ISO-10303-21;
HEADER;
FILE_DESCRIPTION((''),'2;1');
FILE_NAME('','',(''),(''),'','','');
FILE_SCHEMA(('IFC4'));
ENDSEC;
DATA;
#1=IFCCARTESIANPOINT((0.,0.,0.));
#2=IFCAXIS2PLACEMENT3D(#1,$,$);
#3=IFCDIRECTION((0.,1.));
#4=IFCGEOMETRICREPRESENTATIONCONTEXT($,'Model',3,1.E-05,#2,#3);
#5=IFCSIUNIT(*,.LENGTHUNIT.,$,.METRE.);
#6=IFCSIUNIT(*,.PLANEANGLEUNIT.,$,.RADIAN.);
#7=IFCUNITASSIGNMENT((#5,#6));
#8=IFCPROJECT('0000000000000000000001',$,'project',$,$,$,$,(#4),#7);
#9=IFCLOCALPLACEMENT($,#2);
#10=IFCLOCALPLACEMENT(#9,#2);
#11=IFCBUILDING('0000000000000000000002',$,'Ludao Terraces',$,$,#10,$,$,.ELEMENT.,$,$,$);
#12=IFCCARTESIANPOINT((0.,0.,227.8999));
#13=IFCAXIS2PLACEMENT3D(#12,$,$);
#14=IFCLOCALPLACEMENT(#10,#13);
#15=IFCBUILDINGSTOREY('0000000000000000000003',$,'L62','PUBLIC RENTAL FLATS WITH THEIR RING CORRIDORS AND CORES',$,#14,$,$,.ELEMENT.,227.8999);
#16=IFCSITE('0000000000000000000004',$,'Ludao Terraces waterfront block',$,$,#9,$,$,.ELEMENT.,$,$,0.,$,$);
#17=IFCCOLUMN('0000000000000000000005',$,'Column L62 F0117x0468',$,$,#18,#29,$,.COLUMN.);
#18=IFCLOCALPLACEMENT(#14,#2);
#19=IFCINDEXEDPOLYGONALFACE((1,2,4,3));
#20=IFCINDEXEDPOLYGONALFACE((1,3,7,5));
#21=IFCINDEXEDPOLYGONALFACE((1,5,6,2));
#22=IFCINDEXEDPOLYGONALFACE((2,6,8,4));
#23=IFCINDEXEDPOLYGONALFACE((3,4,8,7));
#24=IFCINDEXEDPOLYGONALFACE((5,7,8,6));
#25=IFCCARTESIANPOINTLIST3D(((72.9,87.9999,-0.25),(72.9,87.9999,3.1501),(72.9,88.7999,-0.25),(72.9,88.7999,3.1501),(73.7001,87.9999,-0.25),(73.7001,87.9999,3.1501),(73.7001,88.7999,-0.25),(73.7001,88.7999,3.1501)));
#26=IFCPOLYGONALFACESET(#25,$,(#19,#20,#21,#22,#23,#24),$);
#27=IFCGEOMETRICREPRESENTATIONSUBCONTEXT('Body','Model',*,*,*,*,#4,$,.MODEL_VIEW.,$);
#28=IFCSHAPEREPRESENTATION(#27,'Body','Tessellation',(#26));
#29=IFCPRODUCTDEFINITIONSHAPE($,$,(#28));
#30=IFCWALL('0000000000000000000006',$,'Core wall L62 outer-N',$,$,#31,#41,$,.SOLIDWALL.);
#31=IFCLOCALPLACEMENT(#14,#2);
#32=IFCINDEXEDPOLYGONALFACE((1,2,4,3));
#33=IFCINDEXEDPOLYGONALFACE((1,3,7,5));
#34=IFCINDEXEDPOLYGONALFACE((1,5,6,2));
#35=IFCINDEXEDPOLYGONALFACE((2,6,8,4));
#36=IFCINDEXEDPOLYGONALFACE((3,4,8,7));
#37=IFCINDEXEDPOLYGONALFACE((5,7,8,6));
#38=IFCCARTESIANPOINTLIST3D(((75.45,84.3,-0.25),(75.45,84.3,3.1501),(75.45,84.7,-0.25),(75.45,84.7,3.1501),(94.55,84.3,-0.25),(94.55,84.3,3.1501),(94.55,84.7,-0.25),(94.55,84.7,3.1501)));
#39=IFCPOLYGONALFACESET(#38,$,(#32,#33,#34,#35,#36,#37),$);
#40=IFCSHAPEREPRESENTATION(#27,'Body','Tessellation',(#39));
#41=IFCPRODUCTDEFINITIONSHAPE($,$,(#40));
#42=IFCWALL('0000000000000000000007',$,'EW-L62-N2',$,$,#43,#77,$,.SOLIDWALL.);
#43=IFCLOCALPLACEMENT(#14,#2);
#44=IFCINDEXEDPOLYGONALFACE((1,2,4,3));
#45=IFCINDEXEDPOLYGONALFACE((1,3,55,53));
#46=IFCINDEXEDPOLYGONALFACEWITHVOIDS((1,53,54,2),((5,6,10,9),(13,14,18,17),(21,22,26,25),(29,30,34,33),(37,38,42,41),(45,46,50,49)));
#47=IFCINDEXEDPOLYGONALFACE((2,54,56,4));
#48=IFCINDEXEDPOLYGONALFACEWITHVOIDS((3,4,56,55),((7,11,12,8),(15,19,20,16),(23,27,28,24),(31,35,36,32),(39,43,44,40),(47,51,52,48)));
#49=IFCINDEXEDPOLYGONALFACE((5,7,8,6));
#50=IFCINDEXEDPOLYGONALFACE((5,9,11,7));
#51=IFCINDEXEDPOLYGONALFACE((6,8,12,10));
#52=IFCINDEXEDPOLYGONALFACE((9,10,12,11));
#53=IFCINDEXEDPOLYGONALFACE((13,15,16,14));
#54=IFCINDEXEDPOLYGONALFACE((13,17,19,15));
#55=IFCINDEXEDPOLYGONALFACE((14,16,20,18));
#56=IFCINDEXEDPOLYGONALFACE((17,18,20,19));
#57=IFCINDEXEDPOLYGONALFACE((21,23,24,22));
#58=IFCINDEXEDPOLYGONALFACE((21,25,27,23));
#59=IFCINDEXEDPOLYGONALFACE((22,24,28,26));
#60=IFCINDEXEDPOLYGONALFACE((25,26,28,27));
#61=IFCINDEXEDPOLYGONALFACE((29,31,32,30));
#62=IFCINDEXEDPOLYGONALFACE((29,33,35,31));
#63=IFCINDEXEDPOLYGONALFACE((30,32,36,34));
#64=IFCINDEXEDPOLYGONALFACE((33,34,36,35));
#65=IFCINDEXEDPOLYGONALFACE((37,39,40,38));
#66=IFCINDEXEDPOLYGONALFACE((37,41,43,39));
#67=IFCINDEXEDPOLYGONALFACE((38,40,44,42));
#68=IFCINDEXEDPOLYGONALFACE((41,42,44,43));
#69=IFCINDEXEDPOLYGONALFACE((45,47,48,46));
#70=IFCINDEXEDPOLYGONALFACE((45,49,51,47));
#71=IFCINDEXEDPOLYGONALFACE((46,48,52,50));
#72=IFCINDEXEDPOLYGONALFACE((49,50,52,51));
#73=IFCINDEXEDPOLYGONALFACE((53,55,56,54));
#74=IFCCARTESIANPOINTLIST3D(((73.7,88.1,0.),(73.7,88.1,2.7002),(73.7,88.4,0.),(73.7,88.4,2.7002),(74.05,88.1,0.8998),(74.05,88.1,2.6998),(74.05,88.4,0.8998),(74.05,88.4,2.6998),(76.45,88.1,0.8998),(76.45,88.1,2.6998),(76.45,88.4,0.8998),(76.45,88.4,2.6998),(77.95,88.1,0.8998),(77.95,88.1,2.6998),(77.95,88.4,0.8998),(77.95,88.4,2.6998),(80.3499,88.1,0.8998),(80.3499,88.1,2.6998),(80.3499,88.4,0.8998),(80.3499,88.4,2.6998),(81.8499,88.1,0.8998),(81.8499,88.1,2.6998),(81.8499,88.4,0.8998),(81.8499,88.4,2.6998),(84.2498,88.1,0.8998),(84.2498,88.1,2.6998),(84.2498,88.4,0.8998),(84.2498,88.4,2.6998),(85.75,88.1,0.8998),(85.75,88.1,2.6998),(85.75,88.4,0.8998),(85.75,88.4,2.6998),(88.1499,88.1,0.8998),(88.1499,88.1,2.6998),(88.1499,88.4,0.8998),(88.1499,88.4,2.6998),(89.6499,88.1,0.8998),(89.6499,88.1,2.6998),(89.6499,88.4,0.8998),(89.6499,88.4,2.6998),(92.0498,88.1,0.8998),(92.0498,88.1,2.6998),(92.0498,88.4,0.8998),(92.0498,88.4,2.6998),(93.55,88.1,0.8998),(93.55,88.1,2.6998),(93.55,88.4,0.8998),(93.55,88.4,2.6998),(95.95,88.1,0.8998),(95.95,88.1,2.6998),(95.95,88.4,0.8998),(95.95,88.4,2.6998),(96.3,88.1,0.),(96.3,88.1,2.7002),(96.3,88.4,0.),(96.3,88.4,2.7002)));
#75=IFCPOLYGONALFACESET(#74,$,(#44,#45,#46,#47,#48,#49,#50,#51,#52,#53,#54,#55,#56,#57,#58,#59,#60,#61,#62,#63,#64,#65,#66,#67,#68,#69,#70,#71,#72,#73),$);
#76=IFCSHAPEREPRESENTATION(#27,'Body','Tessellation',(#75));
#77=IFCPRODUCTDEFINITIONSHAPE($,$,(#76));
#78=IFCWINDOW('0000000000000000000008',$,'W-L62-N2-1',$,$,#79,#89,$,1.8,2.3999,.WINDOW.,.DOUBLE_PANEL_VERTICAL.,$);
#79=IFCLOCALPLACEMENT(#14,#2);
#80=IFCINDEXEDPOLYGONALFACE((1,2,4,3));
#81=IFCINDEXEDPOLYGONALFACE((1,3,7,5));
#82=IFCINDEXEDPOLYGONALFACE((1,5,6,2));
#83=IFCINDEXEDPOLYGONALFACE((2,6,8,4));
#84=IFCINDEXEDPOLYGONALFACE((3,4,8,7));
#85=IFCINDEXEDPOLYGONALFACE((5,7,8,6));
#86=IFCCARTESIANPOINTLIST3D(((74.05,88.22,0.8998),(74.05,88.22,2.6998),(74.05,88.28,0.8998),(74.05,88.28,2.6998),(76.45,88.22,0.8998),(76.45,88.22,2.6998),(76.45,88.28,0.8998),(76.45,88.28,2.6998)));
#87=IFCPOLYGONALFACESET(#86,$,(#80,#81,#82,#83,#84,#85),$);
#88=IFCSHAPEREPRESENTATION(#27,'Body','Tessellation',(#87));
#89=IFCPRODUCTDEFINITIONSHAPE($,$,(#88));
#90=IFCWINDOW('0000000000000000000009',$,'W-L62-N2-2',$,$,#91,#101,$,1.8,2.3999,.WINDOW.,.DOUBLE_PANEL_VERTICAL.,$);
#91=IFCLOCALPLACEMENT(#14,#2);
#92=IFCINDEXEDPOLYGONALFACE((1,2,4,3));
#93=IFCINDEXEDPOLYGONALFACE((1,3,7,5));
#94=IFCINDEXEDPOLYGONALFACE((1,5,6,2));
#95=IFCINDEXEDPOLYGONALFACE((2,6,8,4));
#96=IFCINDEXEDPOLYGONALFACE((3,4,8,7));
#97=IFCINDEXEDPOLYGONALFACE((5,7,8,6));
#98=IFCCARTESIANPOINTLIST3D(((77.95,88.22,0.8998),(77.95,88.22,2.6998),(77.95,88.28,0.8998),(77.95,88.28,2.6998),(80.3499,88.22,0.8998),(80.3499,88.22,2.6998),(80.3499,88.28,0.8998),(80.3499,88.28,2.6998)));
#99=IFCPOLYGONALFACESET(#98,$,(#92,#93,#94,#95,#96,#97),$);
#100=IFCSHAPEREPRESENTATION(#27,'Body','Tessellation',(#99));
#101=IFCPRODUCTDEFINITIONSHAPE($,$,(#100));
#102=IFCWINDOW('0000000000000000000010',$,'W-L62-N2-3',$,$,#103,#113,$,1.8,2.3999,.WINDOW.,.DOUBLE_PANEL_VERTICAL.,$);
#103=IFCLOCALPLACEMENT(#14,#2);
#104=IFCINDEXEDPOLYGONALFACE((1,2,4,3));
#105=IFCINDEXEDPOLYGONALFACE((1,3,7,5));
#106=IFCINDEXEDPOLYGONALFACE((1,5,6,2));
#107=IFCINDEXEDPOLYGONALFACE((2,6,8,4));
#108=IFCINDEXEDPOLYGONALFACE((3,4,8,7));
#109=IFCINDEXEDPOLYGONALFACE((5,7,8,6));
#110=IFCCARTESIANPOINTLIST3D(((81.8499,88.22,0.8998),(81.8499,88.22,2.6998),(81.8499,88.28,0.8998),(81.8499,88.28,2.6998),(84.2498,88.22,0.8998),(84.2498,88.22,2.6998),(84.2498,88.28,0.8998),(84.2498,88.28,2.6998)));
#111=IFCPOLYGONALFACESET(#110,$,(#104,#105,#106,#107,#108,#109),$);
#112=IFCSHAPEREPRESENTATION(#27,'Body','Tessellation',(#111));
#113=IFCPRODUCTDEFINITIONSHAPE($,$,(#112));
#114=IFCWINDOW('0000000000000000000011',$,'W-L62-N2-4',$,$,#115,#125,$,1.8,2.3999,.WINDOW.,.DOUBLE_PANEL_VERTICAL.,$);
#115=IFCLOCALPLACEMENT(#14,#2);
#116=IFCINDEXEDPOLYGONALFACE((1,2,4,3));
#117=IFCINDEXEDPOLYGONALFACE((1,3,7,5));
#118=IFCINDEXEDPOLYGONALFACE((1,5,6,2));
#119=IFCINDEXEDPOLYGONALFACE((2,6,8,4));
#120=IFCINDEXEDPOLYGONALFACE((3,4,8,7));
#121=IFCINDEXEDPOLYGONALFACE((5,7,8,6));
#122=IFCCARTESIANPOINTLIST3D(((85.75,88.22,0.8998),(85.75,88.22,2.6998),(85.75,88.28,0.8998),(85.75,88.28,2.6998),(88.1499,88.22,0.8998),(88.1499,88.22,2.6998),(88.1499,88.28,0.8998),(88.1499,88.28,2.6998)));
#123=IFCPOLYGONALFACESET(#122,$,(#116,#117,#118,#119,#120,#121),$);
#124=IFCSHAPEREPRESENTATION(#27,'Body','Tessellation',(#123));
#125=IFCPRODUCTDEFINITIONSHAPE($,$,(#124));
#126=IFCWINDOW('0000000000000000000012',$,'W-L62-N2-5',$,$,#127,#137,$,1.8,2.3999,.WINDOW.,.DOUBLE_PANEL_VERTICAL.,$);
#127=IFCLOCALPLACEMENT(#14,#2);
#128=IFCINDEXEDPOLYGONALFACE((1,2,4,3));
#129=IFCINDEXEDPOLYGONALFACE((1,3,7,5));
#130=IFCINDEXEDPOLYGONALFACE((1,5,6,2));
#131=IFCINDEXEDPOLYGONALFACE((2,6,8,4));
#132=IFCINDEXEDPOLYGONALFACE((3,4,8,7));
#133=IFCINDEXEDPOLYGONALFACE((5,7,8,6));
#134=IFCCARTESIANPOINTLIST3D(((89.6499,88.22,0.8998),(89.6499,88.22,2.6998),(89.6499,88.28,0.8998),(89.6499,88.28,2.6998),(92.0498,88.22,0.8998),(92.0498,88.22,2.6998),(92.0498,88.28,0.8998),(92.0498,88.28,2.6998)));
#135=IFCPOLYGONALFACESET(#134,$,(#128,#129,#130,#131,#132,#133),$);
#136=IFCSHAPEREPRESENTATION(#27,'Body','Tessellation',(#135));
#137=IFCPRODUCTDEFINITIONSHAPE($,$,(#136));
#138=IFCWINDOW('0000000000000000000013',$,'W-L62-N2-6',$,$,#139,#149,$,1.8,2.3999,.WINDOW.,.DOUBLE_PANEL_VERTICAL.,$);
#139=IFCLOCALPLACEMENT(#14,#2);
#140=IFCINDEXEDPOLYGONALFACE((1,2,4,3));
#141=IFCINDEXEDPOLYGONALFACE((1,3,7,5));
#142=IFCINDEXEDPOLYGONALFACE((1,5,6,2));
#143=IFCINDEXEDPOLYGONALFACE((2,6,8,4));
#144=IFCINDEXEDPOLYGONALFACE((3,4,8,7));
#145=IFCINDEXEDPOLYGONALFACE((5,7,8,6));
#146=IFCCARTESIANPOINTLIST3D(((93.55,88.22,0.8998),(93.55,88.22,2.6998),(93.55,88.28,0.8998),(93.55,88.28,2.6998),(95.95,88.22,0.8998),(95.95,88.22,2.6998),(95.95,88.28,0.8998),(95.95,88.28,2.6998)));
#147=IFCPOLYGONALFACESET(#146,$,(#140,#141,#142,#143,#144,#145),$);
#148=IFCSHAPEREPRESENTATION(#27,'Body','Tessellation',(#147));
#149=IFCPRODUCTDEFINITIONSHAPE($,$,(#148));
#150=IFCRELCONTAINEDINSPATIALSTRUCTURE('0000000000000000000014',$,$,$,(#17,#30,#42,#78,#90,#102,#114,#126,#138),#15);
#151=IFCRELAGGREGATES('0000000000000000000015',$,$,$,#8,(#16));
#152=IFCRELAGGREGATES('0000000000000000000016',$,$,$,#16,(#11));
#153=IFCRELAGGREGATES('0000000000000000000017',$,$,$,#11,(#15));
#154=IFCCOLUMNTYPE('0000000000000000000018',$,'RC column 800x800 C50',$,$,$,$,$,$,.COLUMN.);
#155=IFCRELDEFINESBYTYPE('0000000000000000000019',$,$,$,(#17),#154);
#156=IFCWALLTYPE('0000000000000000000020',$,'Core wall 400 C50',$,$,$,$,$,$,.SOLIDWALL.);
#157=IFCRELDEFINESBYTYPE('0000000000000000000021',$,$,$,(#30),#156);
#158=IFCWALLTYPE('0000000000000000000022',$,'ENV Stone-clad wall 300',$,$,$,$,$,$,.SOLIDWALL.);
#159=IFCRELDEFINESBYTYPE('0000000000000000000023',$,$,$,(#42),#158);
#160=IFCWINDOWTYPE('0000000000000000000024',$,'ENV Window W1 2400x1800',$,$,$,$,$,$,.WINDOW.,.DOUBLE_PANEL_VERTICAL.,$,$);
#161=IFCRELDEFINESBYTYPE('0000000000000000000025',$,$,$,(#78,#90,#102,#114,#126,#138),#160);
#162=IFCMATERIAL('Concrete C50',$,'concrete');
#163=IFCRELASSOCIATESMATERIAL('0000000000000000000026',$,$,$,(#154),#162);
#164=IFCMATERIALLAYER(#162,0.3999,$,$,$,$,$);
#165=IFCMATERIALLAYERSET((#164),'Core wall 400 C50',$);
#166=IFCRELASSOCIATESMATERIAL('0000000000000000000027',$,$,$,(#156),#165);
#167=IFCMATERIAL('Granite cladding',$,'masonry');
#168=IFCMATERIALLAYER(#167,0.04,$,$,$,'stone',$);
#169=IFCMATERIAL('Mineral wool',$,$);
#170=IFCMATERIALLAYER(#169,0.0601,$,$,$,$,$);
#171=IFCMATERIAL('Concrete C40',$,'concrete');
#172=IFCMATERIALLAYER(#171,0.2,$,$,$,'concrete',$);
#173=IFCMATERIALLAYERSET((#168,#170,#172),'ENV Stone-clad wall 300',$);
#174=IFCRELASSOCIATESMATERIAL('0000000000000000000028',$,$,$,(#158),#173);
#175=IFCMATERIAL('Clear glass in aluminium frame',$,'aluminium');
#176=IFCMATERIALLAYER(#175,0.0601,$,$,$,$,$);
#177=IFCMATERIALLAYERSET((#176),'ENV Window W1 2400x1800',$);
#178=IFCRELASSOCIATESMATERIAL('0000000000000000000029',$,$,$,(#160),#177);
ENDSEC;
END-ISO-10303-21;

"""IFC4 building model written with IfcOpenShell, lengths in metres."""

from ifc_helpers import new_model, si_unit, direction, frame, frame_2d, origin, origin_2d, place, context, subcontext, project, spatial, rectangle, extrude, material, layer, layer_set, material_profile, profile_set, type_object, element, fill, save


model = new_model("IFC4")

# Units and contexts
model_context = context("Model", 3, precision=1e-05, world=origin(), true_north=direction((0.0, 1.0)))
body_context = subcontext(model_context, "Body", "Model", "MODEL_VIEW")
ifc_project = project(units=[si_unit("LENGTHUNIT", "METRE"), si_unit("PLANEANGLEUNIT", "RADIAN")], contexts=[model_context])

# Site, building, storey
site_placement = place(None, origin())
site = spatial("IfcSite", under=ifc_project, at=site_placement, Name="Ludao Terraces waterfront block", CompositionType="ELEMENT", RefElevation=0.0)
building_placement = place(site_placement, origin())
building = spatial("IfcBuilding", under=site, at=building_placement, Name="Ludao Terraces", CompositionType="ELEMENT")
storey_placement = place(building_placement, frame((0.0, 0.0, 227.8999)))
storey = spatial("IfcBuildingStorey", under=building, at=storey_placement, Name="L62", Description="PUBLIC RENTAL FLATS WITH THEIR RING CORRIDORS AND CORES", CompositionType="ELEMENT", Elevation=227.8999)

# Column
ifc_material_1 = material(Name="Concrete C50", Category="concrete")
ifc_material_profile = material_profile(ifc_material_1, rectangle(XDim=0.8, YDim=0.8, at=origin_2d()), Name="800 X 800")
ifc_profile_set = profile_set([ifc_material_profile], Name="Concrete C50")
column_type = type_object("IfcColumnType", Name="RC column 800x800 C50", PredefinedType="COLUMN", material=ifc_profile_set)
column_placement = place(storey_placement, frame((73.3, 88.3999, -0.25), z_axis=(0.0, 0.0, 1.0), x_axis=(1.0, 0.0, 0.0)))
element("IfcColumn", 1, at=column_placement, inside=storey, type_object=column_type, Name="Column L62 F0117x0468", PredefinedType="COLUMN", context=body_context, shape_type="SweptSolid", body=[
    extrude(rectangle(XDim=0.8, YDim=0.8, at=origin_2d()), origin(), (0.0, 0.0, 1.0), 3.4001),
])

# Wall
ifc_layer_1 = layer(ifc_material_1, 0.3999)
ifc_layer_set_1 = layer_set([ifc_layer_1], Name="Core wall 400 C50")
wall_type_1 = type_object("IfcWallType", Name="Core wall 400 C50", PredefinedType="SOLIDWALL", material=ifc_layer_set_1)
wall_1_placement = place(storey_placement, frame((75.45, 84.5, -0.25), z_axis=(0.0, 0.0, 1.0), x_axis=(1.0, 0.0, 0.0)))
element("IfcWall", 2, at=wall_1_placement, inside=storey, type_object=wall_type_1, Name="Core wall L62 outer-N", PredefinedType="SOLIDWALL", context=body_context, shape_type="SweptSolid", body=[
    extrude(rectangle(XDim=19.1001, YDim=0.3999, at=frame_2d((9.55, 0.0))), origin(), (0.0, 0.0, 1.0), 3.4001),
])

# Wall, openings, windows
ifc_material_2 = material(Name="Granite cladding", Category="masonry")
ifc_layer_2 = layer(ifc_material_2, 0.04, Category="stone")
ifc_material_3 = material(Name="Mineral wool")
ifc_layer_3 = layer(ifc_material_3, 0.0601)
ifc_material_4 = material(Name="Concrete C40", Category="concrete")
ifc_layer_4 = layer(ifc_material_4, 0.2, Category="concrete")
ifc_layer_set_2 = layer_set([ifc_layer_2, ifc_layer_3, ifc_layer_4], Name="ENV Stone-clad wall 300")
wall_type_2 = type_object("IfcWallType", Name="ENV Stone-clad wall 300", PredefinedType="SOLIDWALL", material=ifc_layer_set_2)
wall_2_placement = place(storey_placement, frame((73.7, 88.25, 0.0), z_axis=(0.0, 0.0, 1.0), x_axis=(1.0, 0.0, 0.0)))
wall_2 = element("IfcWall", 3, at=wall_2_placement, inside=storey, type_object=wall_type_2, Name="EW-L62-N2", PredefinedType="SOLIDWALL", context=body_context, shape_type="SweptSolid", body=[
    extrude(rectangle(XDim=22.6001, YDim=0.3, at=frame_2d((11.3, 0.0))), origin(), (0.0, 0.0, 1.0), 2.7002),
])
opening_1_placement = place(wall_2_placement, frame((0.3501, 0.0, 0.8999)))
opening_1 = element("IfcOpeningElement", 4, at=opening_1_placement, cuts=wall_2, PredefinedType="OPENING", context=body_context, shape_type="SweptSolid", body=[
    extrude(rectangle(XDim=2.3999, YDim=1.8, at=frame_2d((1.2, 0.8999))), frame((0.0, 0.1602, 0.0), z_axis=(0.0, -1.0, 0.0), x_axis=(1.0, 0.0, 0.0)), (0.0, 0.0, 1.0), 0.3201),
])
opening_2_placement = place(wall_2_placement, frame((4.25, 0.0, 0.8999)))
opening_2 = element("IfcOpeningElement", 5, at=opening_2_placement, cuts=wall_2, PredefinedType="OPENING", context=body_context, shape_type="SweptSolid", body=[
    extrude(rectangle(XDim=2.3999, YDim=1.8, at=frame_2d((1.2, 0.8999))), frame((0.0, 0.1602, 0.0), z_axis=(0.0, -1.0, 0.0), x_axis=(1.0, 0.0, 0.0)), (0.0, 0.0, 1.0), 0.3201),
])
opening_3_placement = place(wall_2_placement, frame((8.1499, 0.0, 0.8999)))
opening_3 = element("IfcOpeningElement", 6, at=opening_3_placement, cuts=wall_2, PredefinedType="OPENING", context=body_context, shape_type="SweptSolid", body=[
    extrude(rectangle(XDim=2.3999, YDim=1.8, at=frame_2d((1.2, 0.8999))), frame((0.0, 0.1602, 0.0), z_axis=(0.0, -1.0, 0.0), x_axis=(1.0, 0.0, 0.0)), (0.0, 0.0, 1.0), 0.3201),
])
opening_4_placement = place(wall_2_placement, frame((12.05, 0.0, 0.8999)))
opening_4 = element("IfcOpeningElement", 7, at=opening_4_placement, cuts=wall_2, PredefinedType="OPENING", context=body_context, shape_type="SweptSolid", body=[
    extrude(rectangle(XDim=2.3999, YDim=1.8, at=frame_2d((1.2, 0.8999))), frame((0.0, 0.1602, 0.0), z_axis=(0.0, -1.0, 0.0), x_axis=(1.0, 0.0, 0.0)), (0.0, 0.0, 1.0), 0.3201),
])
opening_5_placement = place(wall_2_placement, frame((15.95, 0.0, 0.8999)))
opening_5 = element("IfcOpeningElement", 8, at=opening_5_placement, cuts=wall_2, PredefinedType="OPENING", context=body_context, shape_type="SweptSolid", body=[
    extrude(rectangle(XDim=2.3999, YDim=1.8, at=frame_2d((1.2, 0.8999))), frame((0.0, 0.1602, 0.0), z_axis=(0.0, -1.0, 0.0), x_axis=(1.0, 0.0, 0.0)), (0.0, 0.0, 1.0), 0.3201),
])
opening_6_placement = place(wall_2_placement, frame((19.8501, 0.0, 0.8999)))
opening_6 = element("IfcOpeningElement", 9, at=opening_6_placement, cuts=wall_2, PredefinedType="OPENING", context=body_context, shape_type="SweptSolid", body=[
    extrude(rectangle(XDim=2.3999, YDim=1.8, at=frame_2d((1.2, 0.8999))), frame((0.0, 0.1602, 0.0), z_axis=(0.0, -1.0, 0.0), x_axis=(1.0, 0.0, 0.0)), (0.0, 0.0, 1.0), 0.3201),
])
ifc_material_5 = material(Name="Clear glass in aluminium frame", Category="aluminium")
ifc_layer_5 = layer(ifc_material_5, 0.0601)
ifc_layer_set_3 = layer_set([ifc_layer_5], Name="ENV Window W1 2400x1800")
window_type = type_object("IfcWindowType", Name="ENV Window W1 2400x1800", PartitioningType="DOUBLE_PANEL_VERTICAL", PredefinedType="WINDOW", material=ifc_layer_set_3)
window_1_placement = place(opening_1_placement, origin())
window_1 = element("IfcWindow", 10, at=window_1_placement, inside=storey, type_object=window_type, Name="W-L62-N2-1", OverallHeight=1.8, OverallWidth=2.3999, PartitioningType="DOUBLE_PANEL_VERTICAL", PredefinedType="WINDOW", context=body_context, shape_type="SweptSolid", body=[
    extrude(rectangle(XDim=2.3999, YDim=1.8, at=frame_2d((1.2, 0.8999))), frame((0.0, 0.03, 0.0), z_axis=(0.0, -1.0, 0.0), x_axis=(1.0, 0.0, 0.0)), (0.0, 0.0, 1.0), 0.0601),
])
fill(opening_1, window_1)
window_2_placement = place(opening_2_placement, origin())
window_2 = element("IfcWindow", 11, at=window_2_placement, inside=storey, type_object=window_type, Name="W-L62-N2-2", OverallHeight=1.8, OverallWidth=2.3999, PartitioningType="DOUBLE_PANEL_VERTICAL", PredefinedType="WINDOW", context=body_context, shape_type="SweptSolid", body=[
    extrude(rectangle(XDim=2.3999, YDim=1.8, at=frame_2d((1.2, 0.8999))), frame((0.0, 0.03, 0.0), z_axis=(0.0, -1.0, 0.0), x_axis=(1.0, 0.0, 0.0)), (0.0, 0.0, 1.0), 0.0601),
])
fill(opening_2, window_2)
window_3_placement = place(opening_3_placement, origin())
window_3 = element("IfcWindow", 12, at=window_3_placement, inside=storey, type_object=window_type, Name="W-L62-N2-3", OverallHeight=1.8, OverallWidth=2.3999, PartitioningType="DOUBLE_PANEL_VERTICAL", PredefinedType="WINDOW", context=body_context, shape_type="SweptSolid", body=[
    extrude(rectangle(XDim=2.3999, YDim=1.8, at=frame_2d((1.2, 0.8999))), frame((0.0, 0.03, 0.0), z_axis=(0.0, -1.0, 0.0), x_axis=(1.0, 0.0, 0.0)), (0.0, 0.0, 1.0), 0.0601),
])
fill(opening_3, window_3)
window_4_placement = place(opening_4_placement, origin())
window_4 = element("IfcWindow", 13, at=window_4_placement, inside=storey, type_object=window_type, Name="W-L62-N2-4", OverallHeight=1.8, OverallWidth=2.3999, PartitioningType="DOUBLE_PANEL_VERTICAL", PredefinedType="WINDOW", context=body_context, shape_type="SweptSolid", body=[
    extrude(rectangle(XDim=2.3999, YDim=1.8, at=frame_2d((1.2, 0.8999))), frame((0.0, 0.03, 0.0), z_axis=(0.0, -1.0, 0.0), x_axis=(1.0, 0.0, 0.0)), (0.0, 0.0, 1.0), 0.0601),
])
fill(opening_4, window_4)
window_5_placement = place(opening_5_placement, origin())
window_5 = element("IfcWindow", 14, at=window_5_placement, inside=storey, type_object=window_type, Name="W-L62-N2-5", OverallHeight=1.8, OverallWidth=2.3999, PartitioningType="DOUBLE_PANEL_VERTICAL", PredefinedType="WINDOW", context=body_context, shape_type="SweptSolid", body=[
    extrude(rectangle(XDim=2.3999, YDim=1.8, at=frame_2d((1.2, 0.8999))), frame((0.0, 0.03, 0.0), z_axis=(0.0, -1.0, 0.0), x_axis=(1.0, 0.0, 0.0)), (0.0, 0.0, 1.0), 0.0601),
])
fill(opening_5, window_5)
window_6_placement = place(opening_6_placement, origin())
window_6 = element("IfcWindow", 15, at=window_6_placement, inside=storey, type_object=window_type, Name="W-L62-N2-6", OverallHeight=1.8, OverallWidth=2.3999, PartitioningType="DOUBLE_PANEL_VERTICAL", PredefinedType="WINDOW", context=body_context, shape_type="SweptSolid", body=[
    extrude(rectangle(XDim=2.3999, YDim=1.8, at=frame_2d((1.2, 0.8999))), frame((0.0, 0.03, 0.0), z_axis=(0.0, -1.0, 0.0), x_axis=(1.0, 0.0, 0.0)), (0.0, 0.0, 1.0), 0.0601),
])
fill(opening_6, window_6)

save(model, "model.ifc")
